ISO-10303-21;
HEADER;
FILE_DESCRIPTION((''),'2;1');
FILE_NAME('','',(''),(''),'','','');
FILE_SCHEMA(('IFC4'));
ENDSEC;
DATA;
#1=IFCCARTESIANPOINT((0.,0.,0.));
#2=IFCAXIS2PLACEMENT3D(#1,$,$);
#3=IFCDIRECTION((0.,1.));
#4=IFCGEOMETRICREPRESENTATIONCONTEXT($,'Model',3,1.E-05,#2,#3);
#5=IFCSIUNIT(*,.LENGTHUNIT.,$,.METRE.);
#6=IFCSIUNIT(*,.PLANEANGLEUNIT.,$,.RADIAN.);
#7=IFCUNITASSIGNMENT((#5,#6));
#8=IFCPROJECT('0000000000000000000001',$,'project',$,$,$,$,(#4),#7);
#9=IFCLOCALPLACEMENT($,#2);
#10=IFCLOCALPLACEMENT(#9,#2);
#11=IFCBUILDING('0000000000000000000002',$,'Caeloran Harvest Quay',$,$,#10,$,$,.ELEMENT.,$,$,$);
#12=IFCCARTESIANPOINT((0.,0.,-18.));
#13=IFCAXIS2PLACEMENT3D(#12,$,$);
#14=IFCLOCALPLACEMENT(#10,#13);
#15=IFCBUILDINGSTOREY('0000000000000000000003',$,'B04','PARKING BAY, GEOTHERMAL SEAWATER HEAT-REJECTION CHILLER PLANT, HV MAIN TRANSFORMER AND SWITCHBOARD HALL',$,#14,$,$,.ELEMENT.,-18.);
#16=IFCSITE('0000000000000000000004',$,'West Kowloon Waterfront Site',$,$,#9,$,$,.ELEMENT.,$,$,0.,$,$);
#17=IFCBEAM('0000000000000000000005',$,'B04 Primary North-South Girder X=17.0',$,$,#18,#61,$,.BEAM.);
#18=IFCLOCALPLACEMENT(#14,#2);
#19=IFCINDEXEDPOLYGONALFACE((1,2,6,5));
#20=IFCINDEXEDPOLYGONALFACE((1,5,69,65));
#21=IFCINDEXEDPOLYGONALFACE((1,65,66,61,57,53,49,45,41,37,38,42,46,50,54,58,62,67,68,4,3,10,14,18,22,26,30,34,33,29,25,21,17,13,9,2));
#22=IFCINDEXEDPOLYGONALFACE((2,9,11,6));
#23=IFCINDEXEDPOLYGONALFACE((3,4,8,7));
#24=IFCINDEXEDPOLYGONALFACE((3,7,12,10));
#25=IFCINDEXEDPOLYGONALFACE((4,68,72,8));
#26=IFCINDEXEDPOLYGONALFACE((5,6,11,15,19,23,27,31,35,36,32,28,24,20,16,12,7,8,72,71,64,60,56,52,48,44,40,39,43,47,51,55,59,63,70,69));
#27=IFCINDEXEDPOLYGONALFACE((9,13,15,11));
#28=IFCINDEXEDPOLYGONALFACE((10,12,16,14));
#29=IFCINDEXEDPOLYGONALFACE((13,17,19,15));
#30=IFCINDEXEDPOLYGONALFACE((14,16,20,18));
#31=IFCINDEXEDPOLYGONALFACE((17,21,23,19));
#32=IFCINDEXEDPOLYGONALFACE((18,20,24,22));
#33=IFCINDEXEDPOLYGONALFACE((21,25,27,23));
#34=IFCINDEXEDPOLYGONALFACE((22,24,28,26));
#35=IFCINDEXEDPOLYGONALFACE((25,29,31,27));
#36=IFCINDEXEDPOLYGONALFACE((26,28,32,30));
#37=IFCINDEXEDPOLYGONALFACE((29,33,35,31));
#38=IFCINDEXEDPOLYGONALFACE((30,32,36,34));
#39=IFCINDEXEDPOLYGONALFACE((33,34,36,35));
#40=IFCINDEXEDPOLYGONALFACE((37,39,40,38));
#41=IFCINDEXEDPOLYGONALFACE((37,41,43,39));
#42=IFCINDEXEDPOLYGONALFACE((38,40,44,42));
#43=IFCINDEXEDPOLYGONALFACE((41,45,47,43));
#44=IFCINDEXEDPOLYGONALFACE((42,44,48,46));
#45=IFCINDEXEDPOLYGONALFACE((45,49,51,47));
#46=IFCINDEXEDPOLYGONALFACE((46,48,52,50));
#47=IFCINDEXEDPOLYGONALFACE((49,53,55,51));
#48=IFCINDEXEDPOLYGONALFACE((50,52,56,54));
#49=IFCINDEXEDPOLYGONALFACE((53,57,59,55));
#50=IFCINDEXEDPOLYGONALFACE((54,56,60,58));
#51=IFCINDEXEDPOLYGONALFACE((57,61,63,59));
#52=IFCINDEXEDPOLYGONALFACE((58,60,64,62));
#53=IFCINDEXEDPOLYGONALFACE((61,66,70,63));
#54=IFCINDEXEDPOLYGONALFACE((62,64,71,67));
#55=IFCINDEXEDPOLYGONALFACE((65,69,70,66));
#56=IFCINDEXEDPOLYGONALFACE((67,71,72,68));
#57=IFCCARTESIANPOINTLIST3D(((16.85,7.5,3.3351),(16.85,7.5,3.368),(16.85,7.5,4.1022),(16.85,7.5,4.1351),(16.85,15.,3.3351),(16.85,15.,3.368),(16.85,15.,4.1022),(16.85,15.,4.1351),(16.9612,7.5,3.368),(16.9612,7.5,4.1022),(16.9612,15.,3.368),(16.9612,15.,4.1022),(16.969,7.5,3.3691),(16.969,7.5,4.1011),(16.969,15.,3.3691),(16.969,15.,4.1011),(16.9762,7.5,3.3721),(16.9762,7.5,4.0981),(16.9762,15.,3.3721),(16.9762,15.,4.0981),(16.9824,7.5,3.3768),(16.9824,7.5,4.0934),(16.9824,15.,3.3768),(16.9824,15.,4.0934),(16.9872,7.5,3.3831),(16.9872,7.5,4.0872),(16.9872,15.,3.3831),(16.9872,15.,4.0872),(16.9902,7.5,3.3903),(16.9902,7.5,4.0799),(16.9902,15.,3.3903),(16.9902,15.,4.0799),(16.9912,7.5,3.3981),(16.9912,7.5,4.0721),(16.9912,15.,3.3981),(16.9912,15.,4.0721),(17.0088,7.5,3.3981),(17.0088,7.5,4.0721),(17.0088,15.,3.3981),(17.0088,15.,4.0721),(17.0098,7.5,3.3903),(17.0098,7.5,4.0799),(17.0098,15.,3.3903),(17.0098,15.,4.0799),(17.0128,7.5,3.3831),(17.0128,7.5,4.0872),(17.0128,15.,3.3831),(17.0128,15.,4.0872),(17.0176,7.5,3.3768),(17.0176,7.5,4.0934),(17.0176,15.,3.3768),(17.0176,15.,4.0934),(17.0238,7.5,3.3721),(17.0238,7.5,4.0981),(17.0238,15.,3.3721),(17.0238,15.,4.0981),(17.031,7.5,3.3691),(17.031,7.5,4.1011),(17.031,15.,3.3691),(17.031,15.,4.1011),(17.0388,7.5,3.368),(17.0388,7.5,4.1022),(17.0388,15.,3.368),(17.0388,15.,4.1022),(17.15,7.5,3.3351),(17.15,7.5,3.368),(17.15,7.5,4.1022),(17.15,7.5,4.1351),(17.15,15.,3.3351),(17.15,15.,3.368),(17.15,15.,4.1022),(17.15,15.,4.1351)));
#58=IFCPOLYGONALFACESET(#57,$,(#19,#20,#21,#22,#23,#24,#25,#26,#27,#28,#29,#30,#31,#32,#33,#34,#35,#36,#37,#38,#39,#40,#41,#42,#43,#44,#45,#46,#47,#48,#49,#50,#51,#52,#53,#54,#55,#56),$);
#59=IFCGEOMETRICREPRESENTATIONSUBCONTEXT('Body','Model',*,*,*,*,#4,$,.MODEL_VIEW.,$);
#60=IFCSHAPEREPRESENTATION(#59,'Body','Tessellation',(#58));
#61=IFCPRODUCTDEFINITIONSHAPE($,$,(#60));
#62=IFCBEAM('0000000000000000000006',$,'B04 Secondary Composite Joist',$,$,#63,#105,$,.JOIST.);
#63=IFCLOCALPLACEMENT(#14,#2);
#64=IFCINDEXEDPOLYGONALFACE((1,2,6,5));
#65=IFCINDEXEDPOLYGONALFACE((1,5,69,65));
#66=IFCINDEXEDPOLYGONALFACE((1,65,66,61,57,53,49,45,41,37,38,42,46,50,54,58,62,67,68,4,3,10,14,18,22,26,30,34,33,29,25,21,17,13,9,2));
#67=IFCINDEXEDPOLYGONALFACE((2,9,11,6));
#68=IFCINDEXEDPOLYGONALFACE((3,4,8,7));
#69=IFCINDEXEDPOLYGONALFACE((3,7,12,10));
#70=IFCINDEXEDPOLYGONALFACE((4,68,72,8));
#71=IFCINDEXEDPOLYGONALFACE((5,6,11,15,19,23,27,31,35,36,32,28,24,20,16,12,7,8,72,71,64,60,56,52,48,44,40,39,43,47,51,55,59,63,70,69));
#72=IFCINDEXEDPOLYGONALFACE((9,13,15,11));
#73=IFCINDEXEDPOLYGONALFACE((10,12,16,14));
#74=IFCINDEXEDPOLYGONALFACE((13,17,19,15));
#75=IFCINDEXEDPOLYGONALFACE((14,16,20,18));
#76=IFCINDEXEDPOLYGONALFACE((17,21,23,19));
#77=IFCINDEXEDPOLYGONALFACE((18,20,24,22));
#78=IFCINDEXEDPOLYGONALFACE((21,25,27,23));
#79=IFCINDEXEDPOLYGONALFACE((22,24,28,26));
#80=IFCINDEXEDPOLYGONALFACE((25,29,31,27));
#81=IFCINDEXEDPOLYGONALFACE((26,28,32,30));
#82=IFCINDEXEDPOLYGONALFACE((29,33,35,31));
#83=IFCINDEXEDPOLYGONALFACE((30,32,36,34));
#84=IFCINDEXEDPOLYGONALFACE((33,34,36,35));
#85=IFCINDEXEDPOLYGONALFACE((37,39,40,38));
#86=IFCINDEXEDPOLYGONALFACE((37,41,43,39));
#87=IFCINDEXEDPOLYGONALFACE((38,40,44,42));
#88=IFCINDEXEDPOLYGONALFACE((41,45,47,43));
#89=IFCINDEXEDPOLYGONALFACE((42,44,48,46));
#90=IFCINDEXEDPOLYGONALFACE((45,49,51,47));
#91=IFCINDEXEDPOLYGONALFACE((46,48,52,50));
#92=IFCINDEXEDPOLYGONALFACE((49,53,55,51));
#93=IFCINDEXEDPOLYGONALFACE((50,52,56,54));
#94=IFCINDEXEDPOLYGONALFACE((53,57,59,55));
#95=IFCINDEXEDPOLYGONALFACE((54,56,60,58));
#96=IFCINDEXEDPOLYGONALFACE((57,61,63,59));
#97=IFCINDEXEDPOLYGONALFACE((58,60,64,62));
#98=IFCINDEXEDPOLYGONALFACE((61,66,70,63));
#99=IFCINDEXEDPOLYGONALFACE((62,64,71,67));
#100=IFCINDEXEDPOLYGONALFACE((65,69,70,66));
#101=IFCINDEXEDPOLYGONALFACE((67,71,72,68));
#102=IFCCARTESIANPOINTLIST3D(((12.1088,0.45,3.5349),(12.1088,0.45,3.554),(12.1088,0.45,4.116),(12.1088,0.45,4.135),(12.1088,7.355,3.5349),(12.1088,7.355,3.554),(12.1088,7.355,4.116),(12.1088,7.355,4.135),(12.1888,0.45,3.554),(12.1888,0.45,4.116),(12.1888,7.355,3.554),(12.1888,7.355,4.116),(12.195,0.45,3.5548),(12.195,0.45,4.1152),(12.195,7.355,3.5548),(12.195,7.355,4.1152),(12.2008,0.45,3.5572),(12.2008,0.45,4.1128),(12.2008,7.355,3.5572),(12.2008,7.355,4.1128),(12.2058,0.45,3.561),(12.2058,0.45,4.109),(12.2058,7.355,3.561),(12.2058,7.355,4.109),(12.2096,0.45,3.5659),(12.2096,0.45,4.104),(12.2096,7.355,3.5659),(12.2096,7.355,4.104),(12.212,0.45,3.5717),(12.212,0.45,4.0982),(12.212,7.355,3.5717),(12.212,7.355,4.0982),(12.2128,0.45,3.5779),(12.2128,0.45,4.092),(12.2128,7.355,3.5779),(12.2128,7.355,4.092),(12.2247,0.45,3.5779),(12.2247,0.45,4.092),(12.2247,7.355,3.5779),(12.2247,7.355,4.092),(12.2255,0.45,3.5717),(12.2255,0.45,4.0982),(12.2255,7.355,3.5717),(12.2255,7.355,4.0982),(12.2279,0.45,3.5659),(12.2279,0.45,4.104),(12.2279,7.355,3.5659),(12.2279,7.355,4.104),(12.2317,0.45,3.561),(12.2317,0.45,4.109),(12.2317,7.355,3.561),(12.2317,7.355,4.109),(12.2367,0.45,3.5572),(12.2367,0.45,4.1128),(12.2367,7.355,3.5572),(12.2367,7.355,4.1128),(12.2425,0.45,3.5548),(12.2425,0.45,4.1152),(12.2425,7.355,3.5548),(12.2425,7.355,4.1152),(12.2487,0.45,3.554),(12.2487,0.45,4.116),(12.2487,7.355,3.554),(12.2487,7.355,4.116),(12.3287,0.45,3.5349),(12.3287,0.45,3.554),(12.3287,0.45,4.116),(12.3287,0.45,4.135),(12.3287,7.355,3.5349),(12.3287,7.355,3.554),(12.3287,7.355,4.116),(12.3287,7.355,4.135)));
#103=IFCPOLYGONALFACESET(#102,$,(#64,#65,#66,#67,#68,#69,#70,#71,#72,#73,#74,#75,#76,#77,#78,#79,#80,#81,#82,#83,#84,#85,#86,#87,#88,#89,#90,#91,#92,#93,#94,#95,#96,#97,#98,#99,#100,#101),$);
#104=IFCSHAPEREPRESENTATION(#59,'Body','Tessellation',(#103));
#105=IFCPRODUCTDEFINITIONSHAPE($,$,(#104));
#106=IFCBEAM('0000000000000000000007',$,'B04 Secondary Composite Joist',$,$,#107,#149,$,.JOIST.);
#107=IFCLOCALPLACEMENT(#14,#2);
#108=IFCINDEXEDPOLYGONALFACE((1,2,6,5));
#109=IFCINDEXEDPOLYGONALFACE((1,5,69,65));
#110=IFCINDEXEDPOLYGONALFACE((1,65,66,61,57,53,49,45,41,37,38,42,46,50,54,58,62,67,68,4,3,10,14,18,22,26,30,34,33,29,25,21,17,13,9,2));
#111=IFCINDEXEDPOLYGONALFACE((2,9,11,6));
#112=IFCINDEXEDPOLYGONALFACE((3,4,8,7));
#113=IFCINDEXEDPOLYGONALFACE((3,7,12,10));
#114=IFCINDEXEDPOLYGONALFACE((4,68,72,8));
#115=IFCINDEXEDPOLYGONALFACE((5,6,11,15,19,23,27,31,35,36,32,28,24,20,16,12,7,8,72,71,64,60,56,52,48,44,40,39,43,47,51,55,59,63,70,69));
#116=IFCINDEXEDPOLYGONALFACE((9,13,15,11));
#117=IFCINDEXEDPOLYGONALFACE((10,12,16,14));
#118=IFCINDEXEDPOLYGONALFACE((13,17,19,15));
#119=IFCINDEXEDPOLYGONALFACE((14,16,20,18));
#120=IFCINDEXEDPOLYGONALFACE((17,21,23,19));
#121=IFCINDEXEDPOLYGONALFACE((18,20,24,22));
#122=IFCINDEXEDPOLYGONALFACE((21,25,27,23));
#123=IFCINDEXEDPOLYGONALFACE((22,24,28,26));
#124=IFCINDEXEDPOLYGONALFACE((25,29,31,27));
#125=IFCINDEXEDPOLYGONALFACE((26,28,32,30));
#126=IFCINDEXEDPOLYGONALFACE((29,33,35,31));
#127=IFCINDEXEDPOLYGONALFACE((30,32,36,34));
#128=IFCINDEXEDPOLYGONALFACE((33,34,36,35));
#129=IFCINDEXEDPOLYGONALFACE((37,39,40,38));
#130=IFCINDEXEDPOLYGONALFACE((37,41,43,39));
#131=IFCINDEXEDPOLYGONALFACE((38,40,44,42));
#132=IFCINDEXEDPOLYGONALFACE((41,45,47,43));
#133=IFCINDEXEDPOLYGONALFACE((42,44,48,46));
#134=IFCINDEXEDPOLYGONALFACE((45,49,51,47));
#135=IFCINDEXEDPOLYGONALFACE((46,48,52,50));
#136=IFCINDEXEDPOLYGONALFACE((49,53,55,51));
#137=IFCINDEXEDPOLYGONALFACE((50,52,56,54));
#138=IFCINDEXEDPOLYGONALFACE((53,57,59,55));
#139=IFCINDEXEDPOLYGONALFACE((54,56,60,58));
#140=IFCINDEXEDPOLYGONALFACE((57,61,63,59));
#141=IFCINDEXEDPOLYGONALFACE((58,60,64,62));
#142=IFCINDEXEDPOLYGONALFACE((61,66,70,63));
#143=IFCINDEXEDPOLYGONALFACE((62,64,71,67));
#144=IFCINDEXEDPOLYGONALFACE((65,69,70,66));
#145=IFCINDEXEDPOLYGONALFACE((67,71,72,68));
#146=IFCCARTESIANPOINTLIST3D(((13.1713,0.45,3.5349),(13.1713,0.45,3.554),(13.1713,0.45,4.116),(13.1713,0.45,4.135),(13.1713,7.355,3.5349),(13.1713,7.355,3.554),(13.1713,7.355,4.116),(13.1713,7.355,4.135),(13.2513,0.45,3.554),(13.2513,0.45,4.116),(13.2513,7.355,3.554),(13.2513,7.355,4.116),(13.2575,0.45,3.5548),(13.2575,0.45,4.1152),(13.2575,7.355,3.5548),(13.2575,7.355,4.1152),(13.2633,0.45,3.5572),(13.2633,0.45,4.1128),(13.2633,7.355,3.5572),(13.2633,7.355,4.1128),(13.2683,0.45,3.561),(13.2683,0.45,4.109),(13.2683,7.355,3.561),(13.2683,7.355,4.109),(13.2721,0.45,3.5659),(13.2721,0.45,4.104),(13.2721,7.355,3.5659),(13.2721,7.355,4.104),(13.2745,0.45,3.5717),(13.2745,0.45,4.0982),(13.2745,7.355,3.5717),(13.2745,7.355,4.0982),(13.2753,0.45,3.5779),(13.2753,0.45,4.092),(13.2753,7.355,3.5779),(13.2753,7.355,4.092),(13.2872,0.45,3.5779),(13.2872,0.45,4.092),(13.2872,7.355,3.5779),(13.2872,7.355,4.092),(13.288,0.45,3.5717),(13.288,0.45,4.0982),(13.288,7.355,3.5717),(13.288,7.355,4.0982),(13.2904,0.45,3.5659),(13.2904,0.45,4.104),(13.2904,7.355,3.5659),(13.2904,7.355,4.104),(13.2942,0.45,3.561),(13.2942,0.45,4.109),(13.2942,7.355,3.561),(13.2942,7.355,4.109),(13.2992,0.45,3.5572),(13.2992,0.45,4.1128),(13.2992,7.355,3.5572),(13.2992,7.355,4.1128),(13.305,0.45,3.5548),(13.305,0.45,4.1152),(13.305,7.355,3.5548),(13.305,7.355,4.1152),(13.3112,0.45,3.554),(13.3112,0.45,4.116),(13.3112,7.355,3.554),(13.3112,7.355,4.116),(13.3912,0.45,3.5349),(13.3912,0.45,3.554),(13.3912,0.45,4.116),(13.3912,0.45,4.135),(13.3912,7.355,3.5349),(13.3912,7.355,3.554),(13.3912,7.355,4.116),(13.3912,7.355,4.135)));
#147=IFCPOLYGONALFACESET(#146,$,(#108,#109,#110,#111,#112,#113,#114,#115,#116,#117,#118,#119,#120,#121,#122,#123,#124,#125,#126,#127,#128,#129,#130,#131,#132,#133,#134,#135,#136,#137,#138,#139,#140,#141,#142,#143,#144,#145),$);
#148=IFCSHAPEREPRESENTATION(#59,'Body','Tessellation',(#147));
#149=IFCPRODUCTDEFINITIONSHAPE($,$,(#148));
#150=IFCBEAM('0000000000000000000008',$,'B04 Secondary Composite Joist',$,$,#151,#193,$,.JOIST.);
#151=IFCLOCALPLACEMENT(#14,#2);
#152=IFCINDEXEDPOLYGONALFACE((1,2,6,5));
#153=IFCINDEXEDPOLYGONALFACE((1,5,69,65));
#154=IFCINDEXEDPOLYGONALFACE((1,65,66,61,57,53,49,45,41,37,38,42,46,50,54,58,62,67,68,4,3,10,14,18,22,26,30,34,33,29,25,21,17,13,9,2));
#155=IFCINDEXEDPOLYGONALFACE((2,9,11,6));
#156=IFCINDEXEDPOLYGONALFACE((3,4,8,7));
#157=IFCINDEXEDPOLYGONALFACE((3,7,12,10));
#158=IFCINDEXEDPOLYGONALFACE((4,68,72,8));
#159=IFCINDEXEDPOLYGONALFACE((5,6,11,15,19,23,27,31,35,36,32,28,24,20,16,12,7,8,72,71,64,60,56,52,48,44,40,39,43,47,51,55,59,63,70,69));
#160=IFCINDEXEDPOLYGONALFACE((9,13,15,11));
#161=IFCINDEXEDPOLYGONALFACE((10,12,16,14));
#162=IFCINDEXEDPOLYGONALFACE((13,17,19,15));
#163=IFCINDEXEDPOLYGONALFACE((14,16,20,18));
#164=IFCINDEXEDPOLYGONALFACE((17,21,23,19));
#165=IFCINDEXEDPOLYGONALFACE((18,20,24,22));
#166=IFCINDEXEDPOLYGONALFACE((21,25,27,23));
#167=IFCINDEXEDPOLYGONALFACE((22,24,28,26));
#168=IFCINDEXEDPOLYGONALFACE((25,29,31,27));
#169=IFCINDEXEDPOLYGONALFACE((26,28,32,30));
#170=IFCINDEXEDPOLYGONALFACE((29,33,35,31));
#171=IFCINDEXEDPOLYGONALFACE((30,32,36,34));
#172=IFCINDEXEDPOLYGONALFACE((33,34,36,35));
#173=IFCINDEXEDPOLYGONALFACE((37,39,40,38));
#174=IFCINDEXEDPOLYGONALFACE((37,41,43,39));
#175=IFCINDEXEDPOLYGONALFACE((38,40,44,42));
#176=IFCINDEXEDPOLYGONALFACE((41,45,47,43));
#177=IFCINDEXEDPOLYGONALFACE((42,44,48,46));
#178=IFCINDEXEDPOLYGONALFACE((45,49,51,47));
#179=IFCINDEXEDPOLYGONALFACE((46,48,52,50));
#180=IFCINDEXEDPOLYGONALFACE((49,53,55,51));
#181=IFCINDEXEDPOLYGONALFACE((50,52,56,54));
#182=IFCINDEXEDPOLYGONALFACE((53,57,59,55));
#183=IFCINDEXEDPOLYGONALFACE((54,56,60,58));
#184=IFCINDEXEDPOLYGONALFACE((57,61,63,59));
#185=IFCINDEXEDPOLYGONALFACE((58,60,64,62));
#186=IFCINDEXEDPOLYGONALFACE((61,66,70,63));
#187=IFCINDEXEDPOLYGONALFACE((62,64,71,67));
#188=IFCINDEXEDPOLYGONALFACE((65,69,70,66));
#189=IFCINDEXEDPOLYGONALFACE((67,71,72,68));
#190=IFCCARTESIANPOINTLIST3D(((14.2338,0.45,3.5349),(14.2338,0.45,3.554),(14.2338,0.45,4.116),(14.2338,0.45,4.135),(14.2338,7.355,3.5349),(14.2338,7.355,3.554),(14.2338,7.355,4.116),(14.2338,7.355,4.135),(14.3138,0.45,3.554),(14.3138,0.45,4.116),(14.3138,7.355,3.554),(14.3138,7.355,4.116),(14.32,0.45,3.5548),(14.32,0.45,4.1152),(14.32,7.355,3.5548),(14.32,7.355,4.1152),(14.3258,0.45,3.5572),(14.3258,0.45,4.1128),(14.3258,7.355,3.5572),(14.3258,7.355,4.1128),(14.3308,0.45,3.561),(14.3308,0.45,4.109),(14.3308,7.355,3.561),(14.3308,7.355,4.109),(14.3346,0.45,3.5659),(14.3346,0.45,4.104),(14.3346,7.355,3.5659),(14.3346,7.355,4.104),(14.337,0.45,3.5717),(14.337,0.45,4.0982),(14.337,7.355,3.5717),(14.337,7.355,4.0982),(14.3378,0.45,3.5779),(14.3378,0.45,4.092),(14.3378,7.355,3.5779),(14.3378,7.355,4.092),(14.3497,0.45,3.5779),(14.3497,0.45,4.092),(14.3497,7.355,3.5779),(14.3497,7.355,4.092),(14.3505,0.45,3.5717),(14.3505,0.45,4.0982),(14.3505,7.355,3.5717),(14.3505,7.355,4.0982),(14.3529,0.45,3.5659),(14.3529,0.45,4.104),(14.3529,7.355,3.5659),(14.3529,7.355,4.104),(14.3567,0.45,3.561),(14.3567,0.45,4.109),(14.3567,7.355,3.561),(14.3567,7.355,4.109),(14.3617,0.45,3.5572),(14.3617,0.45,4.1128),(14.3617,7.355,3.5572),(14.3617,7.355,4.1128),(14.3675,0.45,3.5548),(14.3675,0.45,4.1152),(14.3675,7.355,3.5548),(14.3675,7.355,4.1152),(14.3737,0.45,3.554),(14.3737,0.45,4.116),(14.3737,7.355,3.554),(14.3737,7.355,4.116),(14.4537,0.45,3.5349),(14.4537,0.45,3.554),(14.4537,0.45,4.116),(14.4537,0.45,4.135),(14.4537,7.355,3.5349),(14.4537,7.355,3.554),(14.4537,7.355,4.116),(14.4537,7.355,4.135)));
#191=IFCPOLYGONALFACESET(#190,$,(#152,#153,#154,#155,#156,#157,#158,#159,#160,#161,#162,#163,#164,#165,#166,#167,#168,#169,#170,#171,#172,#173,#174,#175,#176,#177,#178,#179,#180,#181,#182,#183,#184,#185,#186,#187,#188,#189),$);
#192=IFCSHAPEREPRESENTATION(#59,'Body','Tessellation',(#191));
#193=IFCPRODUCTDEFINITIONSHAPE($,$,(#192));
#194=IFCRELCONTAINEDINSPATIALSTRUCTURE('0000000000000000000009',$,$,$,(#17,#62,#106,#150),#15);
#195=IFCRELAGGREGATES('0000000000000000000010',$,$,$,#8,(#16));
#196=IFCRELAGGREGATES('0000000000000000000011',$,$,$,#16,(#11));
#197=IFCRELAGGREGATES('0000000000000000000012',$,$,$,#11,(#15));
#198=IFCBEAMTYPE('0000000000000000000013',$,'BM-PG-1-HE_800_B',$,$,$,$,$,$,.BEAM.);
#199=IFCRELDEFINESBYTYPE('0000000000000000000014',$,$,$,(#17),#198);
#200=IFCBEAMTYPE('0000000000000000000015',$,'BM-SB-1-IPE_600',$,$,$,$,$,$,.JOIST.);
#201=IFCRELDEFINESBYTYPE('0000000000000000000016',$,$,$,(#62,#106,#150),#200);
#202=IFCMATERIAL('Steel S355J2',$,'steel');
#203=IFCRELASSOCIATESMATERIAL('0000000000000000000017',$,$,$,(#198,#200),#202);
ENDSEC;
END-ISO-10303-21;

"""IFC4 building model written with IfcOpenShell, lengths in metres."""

from ifc_helpers import new_model, si_unit, direction, frame, origin, origin_2d, place, context, subcontext, project, spatial, i_section, extrude, material, material_profile, profile_set, type_object, element, save


model = new_model("IFC4")

# Units and contexts
model_context = context("Model", 3, precision=1e-05, world=origin(), true_north=direction((0.0, 1.0)))
body_context = subcontext(model_context, "Body", "Model", "MODEL_VIEW")
ifc_project = project(units=[si_unit("LENGTHUNIT", "METRE"), si_unit("PLANEANGLEUNIT", "RADIAN")], contexts=[model_context])

# Site, building, storey
site_placement = place(None, origin())
site = spatial("IfcSite", under=ifc_project, at=site_placement, Name="West Kowloon Waterfront Site", CompositionType="ELEMENT", RefElevation=0.0)
building_placement = place(site_placement, origin())
building = spatial("IfcBuilding", under=site, at=building_placement, Name="Caeloran Harvest Quay", CompositionType="ELEMENT")
storey_placement = place(building_placement, frame((0.0, 0.0, -18.0)))
storey = spatial("IfcBuildingStorey", under=building, at=storey_placement, Name="B04", Description="PARKING BAY, GEOTHERMAL SEAWATER HEAT-REJECTION CHILLER PLANT, HV MAIN TRANSFORMER AND SWITCHBOARD HALL", CompositionType="ELEMENT", Elevation=-18.0)

# Beams
ifc_material_1 = material(Name="Steel S355J2", Category="steel")
ifc_material_profile_1 = material_profile(ifc_material_1, i_section(OverallWidth=0.3, OverallDepth=0.8, WebThickness=0.0176, FlangeThickness=0.033, FilletRadius=0.03, at=origin_2d()), Name="HE 800 B")
ifc_profile_set_1 = profile_set([ifc_material_profile_1], Name="Steel S355J2")
beam_type_1 = type_object("IfcBeamType", Name="BM-PG-1-HE_800_B", PredefinedType="BEAM", material=ifc_profile_set_1)
beam_1_placement = place(storey_placement, frame((17.0, 7.5, 3.7351), z_axis=(0.0, 1.0, 0.0), x_axis=(-1.0, 0.0, 0.0)))
element("IfcBeam", 1, at=beam_1_placement, inside=storey, type_object=beam_type_1, Name="B04 Primary North-South Girder X=17.0", PredefinedType="BEAM", context=body_context, shape_type="SweptSolid", body=[
    extrude(i_section(OverallWidth=0.3, OverallDepth=0.8, WebThickness=0.0176, FlangeThickness=0.033, FilletRadius=0.03, at=origin_2d()), origin(), (0.0, 0.0, 1.0), 7.5),
])
ifc_material_profile_2 = material_profile(ifc_material_1, i_section(OverallWidth=0.22, OverallDepth=0.6001, WebThickness=0.012, FlangeThickness=0.019, FilletRadius=0.0239, at=origin_2d()), Name="IPE 600")
ifc_profile_set_2 = profile_set([ifc_material_profile_2], Name="Steel S355J2")
beam_type_2 = type_object("IfcBeamType", Name="BM-SB-1-IPE_600", PredefinedType="JOIST", material=ifc_profile_set_2)
for number, where, z_axis, x_axis, name in (
    (2, (12.2188, 0.45, 3.835), (0.0, 1.0, 0.0), (-1.0, 0.0, 0.0), "B04 Secondary Composite Joist"),
    (3, (13.2812, 0.45, 3.835), (0.0, 1.0, 0.0), (-1.0, 0.0, 0.0), "B04 Secondary Composite Joist"),
    (4, (14.3438, 0.45, 3.835), (0.0, 1.0, 0.0), (-1.0, 0.0, 0.0), "B04 Secondary Composite Joist"),
):
    element("IfcBeam", number, at=place(storey_placement, frame(where, z_axis=z_axis, x_axis=x_axis)), inside=storey, type_object=beam_type_2, Name=name, PredefinedType="JOIST", context=body_context, shape_type="SweptSolid", body=[
        extrude(i_section(OverallWidth=0.22, OverallDepth=0.6001, WebThickness=0.012, FlangeThickness=0.019, FilletRadius=0.0239, at=origin_2d()), origin(), (0.0, 0.0, 1.0), 6.905),
    ])

save(model, "model.ifc")
